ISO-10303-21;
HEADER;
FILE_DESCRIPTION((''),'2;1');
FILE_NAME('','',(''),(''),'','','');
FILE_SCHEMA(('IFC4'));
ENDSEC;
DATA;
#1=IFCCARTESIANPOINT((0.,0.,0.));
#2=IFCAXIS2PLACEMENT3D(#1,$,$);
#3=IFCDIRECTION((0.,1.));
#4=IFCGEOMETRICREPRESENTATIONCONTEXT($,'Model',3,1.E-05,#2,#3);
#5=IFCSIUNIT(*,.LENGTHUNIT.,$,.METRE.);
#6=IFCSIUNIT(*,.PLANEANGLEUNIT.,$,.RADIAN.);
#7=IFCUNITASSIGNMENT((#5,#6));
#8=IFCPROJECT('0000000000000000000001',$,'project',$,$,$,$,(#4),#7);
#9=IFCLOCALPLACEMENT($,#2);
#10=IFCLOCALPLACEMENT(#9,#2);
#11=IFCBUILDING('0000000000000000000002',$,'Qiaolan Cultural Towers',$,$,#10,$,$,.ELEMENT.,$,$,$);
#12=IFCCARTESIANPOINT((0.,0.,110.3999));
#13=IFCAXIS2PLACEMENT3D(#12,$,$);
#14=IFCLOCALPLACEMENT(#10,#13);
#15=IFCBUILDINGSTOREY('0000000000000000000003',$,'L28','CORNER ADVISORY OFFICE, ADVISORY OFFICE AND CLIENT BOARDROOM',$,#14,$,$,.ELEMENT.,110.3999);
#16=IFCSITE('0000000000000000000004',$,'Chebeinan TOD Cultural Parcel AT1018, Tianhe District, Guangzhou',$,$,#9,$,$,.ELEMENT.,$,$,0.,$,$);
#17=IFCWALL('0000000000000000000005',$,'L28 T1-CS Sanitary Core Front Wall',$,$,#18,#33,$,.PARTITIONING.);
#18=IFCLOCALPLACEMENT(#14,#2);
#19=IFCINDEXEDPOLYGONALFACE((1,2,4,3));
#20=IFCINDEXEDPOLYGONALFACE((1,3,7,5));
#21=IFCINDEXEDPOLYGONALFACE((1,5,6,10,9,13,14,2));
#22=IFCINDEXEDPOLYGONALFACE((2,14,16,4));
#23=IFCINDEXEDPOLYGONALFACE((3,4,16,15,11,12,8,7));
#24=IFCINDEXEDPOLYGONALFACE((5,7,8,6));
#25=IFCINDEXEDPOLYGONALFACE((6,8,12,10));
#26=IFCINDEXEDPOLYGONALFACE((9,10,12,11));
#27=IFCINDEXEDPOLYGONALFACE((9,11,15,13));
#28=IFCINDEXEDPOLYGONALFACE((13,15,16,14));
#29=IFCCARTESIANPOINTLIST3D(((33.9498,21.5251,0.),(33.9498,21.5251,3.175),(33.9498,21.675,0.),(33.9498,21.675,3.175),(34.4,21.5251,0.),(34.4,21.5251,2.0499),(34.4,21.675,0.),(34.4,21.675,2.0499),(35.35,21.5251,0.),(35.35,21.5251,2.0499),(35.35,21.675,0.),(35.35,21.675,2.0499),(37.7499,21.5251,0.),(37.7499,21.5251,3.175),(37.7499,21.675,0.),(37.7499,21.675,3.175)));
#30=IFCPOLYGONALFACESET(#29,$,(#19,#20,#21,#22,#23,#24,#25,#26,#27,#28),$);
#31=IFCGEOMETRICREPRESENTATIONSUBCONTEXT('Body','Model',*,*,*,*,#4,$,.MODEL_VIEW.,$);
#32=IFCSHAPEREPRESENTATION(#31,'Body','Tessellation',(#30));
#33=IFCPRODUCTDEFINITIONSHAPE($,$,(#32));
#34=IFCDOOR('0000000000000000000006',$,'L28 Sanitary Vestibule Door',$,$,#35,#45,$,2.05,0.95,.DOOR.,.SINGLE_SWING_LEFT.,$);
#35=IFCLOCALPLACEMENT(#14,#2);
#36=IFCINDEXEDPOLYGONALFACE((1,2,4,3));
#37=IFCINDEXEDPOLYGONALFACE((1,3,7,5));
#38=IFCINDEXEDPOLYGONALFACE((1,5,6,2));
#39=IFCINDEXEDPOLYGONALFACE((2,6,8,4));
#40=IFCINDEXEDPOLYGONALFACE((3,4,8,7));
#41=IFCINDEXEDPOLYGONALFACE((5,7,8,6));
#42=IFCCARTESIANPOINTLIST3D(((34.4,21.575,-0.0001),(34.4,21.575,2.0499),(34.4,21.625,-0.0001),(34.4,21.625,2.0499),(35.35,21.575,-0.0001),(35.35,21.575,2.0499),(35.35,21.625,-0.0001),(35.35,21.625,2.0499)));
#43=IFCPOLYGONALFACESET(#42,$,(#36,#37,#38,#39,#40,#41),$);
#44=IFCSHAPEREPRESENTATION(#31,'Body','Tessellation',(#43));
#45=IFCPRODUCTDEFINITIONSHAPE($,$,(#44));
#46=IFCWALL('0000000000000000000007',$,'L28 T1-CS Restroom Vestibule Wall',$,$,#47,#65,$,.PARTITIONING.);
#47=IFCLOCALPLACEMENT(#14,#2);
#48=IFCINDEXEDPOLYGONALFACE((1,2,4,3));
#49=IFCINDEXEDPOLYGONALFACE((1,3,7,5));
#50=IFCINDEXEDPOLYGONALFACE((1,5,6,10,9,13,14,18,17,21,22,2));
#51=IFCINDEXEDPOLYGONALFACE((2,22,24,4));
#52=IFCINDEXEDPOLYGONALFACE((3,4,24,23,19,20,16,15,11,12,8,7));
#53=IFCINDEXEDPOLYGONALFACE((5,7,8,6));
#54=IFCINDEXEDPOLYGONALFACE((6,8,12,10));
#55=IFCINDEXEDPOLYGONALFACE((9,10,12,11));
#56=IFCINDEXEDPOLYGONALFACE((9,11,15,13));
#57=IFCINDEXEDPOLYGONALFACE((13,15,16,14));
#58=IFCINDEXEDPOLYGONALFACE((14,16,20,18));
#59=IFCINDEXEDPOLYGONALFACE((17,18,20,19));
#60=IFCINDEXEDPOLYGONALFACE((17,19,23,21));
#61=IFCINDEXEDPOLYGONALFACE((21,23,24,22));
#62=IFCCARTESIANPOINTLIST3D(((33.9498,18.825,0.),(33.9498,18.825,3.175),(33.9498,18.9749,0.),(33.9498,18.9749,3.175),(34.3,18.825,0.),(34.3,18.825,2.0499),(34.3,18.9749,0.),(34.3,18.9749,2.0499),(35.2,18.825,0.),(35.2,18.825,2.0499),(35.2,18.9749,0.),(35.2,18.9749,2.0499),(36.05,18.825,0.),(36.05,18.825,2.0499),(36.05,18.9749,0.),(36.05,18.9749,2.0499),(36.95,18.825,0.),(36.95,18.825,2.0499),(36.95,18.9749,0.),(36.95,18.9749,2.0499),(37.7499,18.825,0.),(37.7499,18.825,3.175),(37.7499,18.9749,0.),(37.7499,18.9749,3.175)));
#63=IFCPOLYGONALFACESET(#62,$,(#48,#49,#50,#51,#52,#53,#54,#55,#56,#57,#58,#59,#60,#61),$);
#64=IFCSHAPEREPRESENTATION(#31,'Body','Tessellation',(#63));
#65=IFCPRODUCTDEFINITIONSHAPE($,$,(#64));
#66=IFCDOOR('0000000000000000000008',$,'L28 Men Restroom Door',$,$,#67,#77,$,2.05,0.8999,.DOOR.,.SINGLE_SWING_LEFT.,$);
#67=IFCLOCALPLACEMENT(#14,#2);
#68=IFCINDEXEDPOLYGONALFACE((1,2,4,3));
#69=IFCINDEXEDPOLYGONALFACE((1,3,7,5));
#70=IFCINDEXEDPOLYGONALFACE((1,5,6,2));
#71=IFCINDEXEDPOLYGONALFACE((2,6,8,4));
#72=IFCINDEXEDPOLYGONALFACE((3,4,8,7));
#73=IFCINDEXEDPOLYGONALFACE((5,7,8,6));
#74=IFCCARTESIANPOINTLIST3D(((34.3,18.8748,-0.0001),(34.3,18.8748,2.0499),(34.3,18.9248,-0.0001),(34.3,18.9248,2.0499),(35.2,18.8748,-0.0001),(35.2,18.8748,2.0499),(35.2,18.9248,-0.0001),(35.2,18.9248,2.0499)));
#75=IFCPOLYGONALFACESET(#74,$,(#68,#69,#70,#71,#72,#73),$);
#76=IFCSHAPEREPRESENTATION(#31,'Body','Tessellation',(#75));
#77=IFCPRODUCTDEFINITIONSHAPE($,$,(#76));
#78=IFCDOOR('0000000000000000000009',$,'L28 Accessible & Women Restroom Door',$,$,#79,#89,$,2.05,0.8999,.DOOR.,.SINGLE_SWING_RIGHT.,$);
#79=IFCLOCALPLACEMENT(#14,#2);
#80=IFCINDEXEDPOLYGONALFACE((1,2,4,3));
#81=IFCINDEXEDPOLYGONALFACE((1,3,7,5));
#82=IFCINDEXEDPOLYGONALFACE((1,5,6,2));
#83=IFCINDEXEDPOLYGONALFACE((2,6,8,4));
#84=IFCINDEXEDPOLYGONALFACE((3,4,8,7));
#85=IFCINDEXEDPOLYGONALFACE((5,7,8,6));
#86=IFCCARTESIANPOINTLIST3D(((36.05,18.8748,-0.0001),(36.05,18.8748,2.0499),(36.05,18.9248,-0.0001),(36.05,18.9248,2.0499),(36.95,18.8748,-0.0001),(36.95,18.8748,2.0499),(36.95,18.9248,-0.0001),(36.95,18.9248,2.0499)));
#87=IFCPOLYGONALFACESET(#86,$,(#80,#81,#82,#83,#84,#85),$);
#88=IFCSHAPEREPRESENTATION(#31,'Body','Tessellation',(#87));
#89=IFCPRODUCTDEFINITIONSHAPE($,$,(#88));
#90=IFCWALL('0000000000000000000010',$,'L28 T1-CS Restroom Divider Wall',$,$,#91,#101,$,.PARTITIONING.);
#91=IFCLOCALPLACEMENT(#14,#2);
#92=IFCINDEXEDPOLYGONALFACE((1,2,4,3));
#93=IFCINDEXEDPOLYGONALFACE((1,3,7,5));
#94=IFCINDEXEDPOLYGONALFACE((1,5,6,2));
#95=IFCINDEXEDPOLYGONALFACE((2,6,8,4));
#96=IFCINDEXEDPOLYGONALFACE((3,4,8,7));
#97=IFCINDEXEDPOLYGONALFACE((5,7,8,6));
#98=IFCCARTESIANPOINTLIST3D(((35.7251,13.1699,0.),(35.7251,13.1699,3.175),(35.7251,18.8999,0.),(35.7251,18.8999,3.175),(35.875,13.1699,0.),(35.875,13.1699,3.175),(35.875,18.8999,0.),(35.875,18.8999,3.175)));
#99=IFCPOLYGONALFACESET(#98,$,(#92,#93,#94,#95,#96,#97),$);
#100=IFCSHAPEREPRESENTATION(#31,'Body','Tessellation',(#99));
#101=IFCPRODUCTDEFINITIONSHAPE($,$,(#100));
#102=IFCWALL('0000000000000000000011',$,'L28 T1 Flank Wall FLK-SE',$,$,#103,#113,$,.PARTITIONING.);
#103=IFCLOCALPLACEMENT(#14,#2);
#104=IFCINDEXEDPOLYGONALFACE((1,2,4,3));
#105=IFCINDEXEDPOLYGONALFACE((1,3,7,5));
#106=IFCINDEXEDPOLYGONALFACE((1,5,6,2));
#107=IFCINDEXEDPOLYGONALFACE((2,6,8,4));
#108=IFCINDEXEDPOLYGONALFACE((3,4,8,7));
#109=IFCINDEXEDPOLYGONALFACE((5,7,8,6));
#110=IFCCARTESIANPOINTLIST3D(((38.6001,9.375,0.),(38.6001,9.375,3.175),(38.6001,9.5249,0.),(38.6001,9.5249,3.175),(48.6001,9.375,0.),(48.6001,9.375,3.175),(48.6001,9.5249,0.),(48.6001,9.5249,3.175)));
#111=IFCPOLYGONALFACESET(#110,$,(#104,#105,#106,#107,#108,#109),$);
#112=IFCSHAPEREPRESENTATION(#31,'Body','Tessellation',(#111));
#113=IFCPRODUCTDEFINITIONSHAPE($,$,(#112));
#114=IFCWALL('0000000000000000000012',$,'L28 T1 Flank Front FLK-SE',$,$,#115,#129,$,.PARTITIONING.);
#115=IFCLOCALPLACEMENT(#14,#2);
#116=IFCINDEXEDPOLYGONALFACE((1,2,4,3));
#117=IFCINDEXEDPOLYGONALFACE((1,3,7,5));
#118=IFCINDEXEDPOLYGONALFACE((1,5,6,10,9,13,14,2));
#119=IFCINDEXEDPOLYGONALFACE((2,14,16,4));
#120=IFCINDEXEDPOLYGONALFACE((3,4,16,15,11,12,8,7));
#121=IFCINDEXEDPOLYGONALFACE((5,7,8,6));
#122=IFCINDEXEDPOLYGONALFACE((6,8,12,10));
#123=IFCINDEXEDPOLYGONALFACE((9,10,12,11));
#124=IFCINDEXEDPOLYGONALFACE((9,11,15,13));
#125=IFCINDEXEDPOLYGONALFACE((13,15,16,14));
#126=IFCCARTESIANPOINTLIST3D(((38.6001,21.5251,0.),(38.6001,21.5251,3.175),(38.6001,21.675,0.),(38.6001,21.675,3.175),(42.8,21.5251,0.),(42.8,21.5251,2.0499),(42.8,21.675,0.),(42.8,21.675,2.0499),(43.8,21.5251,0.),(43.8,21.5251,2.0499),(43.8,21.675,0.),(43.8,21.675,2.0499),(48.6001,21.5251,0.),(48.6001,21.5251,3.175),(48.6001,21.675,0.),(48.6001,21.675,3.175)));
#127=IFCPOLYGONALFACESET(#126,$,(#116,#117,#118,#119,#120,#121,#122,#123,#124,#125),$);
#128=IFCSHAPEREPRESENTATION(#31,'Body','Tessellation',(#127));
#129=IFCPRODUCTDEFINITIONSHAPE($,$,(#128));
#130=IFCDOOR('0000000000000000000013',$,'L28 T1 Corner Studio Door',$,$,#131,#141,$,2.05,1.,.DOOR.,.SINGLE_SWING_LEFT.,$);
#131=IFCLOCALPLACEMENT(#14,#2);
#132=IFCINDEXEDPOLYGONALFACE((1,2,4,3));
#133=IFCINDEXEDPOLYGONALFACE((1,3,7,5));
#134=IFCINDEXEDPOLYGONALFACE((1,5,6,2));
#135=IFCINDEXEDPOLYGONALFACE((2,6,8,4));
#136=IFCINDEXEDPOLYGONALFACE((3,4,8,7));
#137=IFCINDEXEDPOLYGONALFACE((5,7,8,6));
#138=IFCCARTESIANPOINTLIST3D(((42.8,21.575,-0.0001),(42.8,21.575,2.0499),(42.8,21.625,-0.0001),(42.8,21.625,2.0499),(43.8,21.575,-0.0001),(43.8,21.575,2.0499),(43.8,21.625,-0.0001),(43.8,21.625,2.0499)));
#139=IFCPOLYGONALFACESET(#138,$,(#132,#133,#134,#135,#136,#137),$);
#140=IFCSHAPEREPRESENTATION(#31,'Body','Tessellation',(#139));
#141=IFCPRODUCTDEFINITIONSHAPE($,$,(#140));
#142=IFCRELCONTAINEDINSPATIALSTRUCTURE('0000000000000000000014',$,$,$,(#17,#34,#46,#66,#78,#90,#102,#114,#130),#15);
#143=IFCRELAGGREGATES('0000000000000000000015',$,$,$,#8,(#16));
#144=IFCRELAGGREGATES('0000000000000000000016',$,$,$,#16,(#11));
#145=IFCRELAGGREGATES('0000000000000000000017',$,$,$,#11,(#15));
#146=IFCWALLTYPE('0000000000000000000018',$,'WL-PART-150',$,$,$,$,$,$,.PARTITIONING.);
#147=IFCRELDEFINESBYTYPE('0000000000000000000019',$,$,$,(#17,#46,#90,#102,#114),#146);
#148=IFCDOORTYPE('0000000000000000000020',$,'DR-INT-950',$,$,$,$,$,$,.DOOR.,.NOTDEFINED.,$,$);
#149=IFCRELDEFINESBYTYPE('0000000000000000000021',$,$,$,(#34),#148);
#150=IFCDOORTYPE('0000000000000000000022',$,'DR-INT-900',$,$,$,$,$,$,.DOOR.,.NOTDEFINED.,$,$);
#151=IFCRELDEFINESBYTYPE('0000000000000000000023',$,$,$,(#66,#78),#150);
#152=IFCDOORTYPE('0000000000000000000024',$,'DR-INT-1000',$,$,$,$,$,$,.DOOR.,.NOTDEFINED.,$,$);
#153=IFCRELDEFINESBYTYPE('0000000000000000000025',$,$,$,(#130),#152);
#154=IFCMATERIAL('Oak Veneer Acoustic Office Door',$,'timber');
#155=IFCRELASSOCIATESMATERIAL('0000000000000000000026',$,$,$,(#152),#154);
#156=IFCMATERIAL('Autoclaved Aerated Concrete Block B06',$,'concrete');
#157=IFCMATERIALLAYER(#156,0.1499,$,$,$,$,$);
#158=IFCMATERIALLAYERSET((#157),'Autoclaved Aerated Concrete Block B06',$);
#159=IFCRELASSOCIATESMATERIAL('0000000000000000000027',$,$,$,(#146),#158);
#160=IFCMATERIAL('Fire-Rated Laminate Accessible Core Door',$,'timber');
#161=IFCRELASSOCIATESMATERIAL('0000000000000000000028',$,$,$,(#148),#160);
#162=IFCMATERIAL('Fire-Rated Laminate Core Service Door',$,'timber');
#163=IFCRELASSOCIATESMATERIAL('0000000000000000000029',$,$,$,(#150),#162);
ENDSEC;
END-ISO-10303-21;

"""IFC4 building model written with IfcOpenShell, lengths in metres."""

from ifc_helpers import new_model, si_unit, direction, frame, frame_2d, origin, place, context, subcontext, project, spatial, rectangle, extrude, material, layer, layer_set, type_object, element, fill, save


model = new_model("IFC4")

# Units and contexts
model_context = context("Model", 3, precision=1e-05, world=origin(), true_north=direction((0.0, 1.0)))
body_context = subcontext(model_context, "Body", "Model", "MODEL_VIEW")
ifc_project = project(units=[si_unit("LENGTHUNIT", "METRE"), si_unit("PLANEANGLEUNIT", "RADIAN")], contexts=[model_context])

# Site, building, storey
site_placement = place(None, origin())
site = spatial("IfcSite", under=ifc_project, at=site_placement, Name="Chebeinan TOD Cultural Parcel AT1018, Tianhe District, Guangzhou", CompositionType="ELEMENT", RefElevation=0.0)
building_placement = place(site_placement, origin())
building = spatial("IfcBuilding", under=site, at=building_placement, Name="Qiaolan Cultural Towers", CompositionType="ELEMENT")
storey_placement = place(building_placement, frame((0.0, 0.0, 110.3999)))
storey = spatial("IfcBuildingStorey", under=building, at=storey_placement, Name="L28", Description="CORNER ADVISORY OFFICE, ADVISORY OFFICE AND CLIENT BOARDROOM", CompositionType="ELEMENT", Elevation=110.3999)

# Shared definitions
ifc_material_1 = material(Name="Oak Veneer Acoustic Office Door", Category="timber")
door_type_1 = type_object("IfcDoorType", Name="DR-INT-1000", OperationType="NOTDEFINED", PredefinedType="DOOR", material=ifc_material_1)

# Shared definitions
ifc_material_2 = material(Name="Autoclaved Aerated Concrete Block B06", Category="concrete")
ifc_layer_1 = layer(ifc_material_2, 0.1499)
ifc_layer_set_1 = layer_set([ifc_layer_1], Name="Autoclaved Aerated Concrete Block B06")
wall_type_1 = type_object("IfcWallType", Name="WL-PART-150", PredefinedType="PARTITIONING", material=ifc_layer_set_1)

# Wall, opening, door
wall_1_placement = place(storey_placement, frame((33.95, 21.6001, 0.0), z_axis=(0.0, 0.0, 1.0), x_axis=(1.0, 0.0, 0.0)))
wall_1 = element("IfcWall", 1, at=wall_1_placement, inside=storey, type_object=wall_type_1, Name="L28 T1-CS Sanitary Core Front Wall", PredefinedType="PARTITIONING", context=body_context, shape_type="SweptSolid", body=[
    extrude(rectangle(XDim=3.8, YDim=0.1499, at=frame_2d((1.8999, 0.0))), origin(), (0.0, 0.0, 1.0), 3.175),
])
opening_1_placement = place(wall_1_placement, frame((0.45, 0.0, 0.0)))
opening_1 = element("IfcOpeningElement", 2, at=opening_1_placement, cuts=wall_1, PredefinedType="OPENING", context=body_context, shape_type="SweptSolid", body=[
    extrude(rectangle(XDim=0.95, YDim=2.05, at=frame_2d((0.4751, 1.0249))), frame((0.0, 0.085, 0.0), z_axis=(0.0, -1.0, 0.0), x_axis=(1.0, 0.0, 0.0)), (0.0, 0.0, 1.0), 0.1699),
])
ifc_material_3 = material(Name="Fire-Rated Laminate Accessible Core Door", Category="timber")
door_type_2 = type_object("IfcDoorType", Name="DR-INT-950", OperationType="NOTDEFINED", PredefinedType="DOOR", material=ifc_material_3)
door_1_placement = place(opening_1_placement, origin())
door_1 = element("IfcDoor", 3, at=door_1_placement, inside=storey, type_object=door_type_2, Name="L28 Sanitary Vestibule Door", OperationType="SINGLE_SWING_LEFT", OverallHeight=2.05, OverallWidth=0.95, PredefinedType="DOOR", context=body_context, shape_type="SweptSolid", body=[
    extrude(rectangle(XDim=0.95, YDim=2.05, at=frame_2d((0.4751, 1.0249))), frame((0.0, 0.0249, 0.0), z_axis=(0.0, -1.0, 0.0), x_axis=(1.0, 0.0, 0.0)), (0.0, 0.0, 1.0), 0.05),
])
fill(opening_1, door_1)

# Wall, openings, doors
wall_2_placement = place(storey_placement, frame((33.95, 18.8999, 0.0), z_axis=(0.0, 0.0, 1.0), x_axis=(1.0, 0.0, 0.0)))
wall_2 = element("IfcWall", 4, at=wall_2_placement, inside=storey, type_object=wall_type_1, Name="L28 T1-CS Restroom Vestibule Wall", PredefinedType="PARTITIONING", context=body_context, shape_type="SweptSolid", body=[
    extrude(rectangle(XDim=3.8, YDim=0.1499, at=frame_2d((1.8999, 0.0))), origin(), (0.0, 0.0, 1.0), 3.175),
])
opening_2_placement = place(wall_2_placement, frame((0.3501, 0.0, 0.0)))
opening_2 = element("IfcOpeningElement", 5, at=opening_2_placement, cuts=wall_2, PredefinedType="OPENING", context=body_context, shape_type="SweptSolid", body=[
    extrude(rectangle(XDim=0.8999, YDim=2.05, at=frame_2d((0.45, 1.0249))), frame((0.0, 0.085, 0.0), z_axis=(0.0, -1.0, 0.0), x_axis=(1.0, 0.0, 0.0)), (0.0, 0.0, 1.0), 0.1699),
])
opening_3_placement = place(wall_2_placement, frame((2.1001, 0.0, 0.0)))
opening_3 = element("IfcOpeningElement", 6, at=opening_3_placement, cuts=wall_2, PredefinedType="OPENING", context=body_context, shape_type="SweptSolid", body=[
    extrude(rectangle(XDim=0.8999, YDim=2.05, at=frame_2d((0.45, 1.0249))), frame((0.0, 0.085, 0.0), z_axis=(0.0, -1.0, 0.0), x_axis=(1.0, 0.0, 0.0)), (0.0, 0.0, 1.0), 0.1699),
])
ifc_material_4 = material(Name="Fire-Rated Laminate Core Service Door", Category="timber")
door_type_3 = type_object("IfcDoorType", Name="DR-INT-900", OperationType="NOTDEFINED", PredefinedType="DOOR", material=ifc_material_4)
door_2_placement = place(opening_2_placement, origin())
door_2 = element("IfcDoor", 7, at=door_2_placement, inside=storey, type_object=door_type_3, Name="L28 Men Restroom Door", OperationType="SINGLE_SWING_LEFT", OverallHeight=2.05, OverallWidth=0.8999, PredefinedType="DOOR", context=body_context, shape_type="SweptSolid", body=[
    extrude(rectangle(XDim=0.8999, YDim=2.05, at=frame_2d((0.45, 1.0249))), frame((0.0, 0.0249, 0.0), z_axis=(0.0, -1.0, 0.0), x_axis=(1.0, 0.0, 0.0)), (0.0, 0.0, 1.0), 0.05),
])
fill(opening_2, door_2)
door_3_placement = place(opening_3_placement, origin())
door_3 = element("IfcDoor", 8, at=door_3_placement, inside=storey, type_object=door_type_3, Name="L28 Accessible & Women Restroom Door", OperationType="SINGLE_SWING_RIGHT", OverallHeight=2.05, OverallWidth=0.8999, PredefinedType="DOOR", context=body_context, shape_type="SweptSolid", body=[
    extrude(rectangle(XDim=0.8999, YDim=2.05, at=frame_2d((0.45, 1.0249))), frame((0.0, 0.0249, 0.0), z_axis=(0.0, -1.0, 0.0), x_axis=(1.0, 0.0, 0.0)), (0.0, 0.0, 1.0), 0.05),
])
fill(opening_3, door_3)

# Walls
wall_3_placement = place(storey_placement, frame((35.8, 18.8999, 0.0), z_axis=(0.0, 0.0, 1.0), x_axis=(0.0, -1.0, 0.0)))
element("IfcWall", 9, at=wall_3_placement, inside=storey, type_object=wall_type_1, Name="L28 T1-CS Restroom Divider Wall", PredefinedType="PARTITIONING", context=body_context, shape_type="SweptSolid", body=[
    extrude(rectangle(XDim=5.73, YDim=0.1499, at=frame_2d((2.865, 0.0))), origin(), (0.0, 0.0, 1.0), 3.175),
])
wall_4_placement = place(storey_placement, frame((38.6001, 9.45, 0.0), z_axis=(0.0, 0.0, 1.0), x_axis=(1.0, 0.0, 0.0)))
element("IfcWall", 10, at=wall_4_placement, inside=storey, type_object=wall_type_1, Name="L28 T1 Flank Wall FLK-SE", PredefinedType="PARTITIONING", context=body_context, shape_type="SweptSolid", body=[
    extrude(rectangle(XDim=10.0, YDim=0.1499, at=frame_2d((5.0, 0.0))), origin(), (0.0, 0.0, 1.0), 3.175),
])

# Wall, opening, door
wall_5_placement = place(storey_placement, frame((38.6001, 21.6001, 0.0), z_axis=(0.0, 0.0, 1.0), x_axis=(1.0, 0.0, 0.0)))
wall_5 = element("IfcWall", 11, at=wall_5_placement, inside=storey, type_object=wall_type_1, Name="L28 T1 Flank Front FLK-SE", PredefinedType="PARTITIONING", context=body_context, shape_type="SweptSolid", body=[
    extrude(rectangle(XDim=10.0, YDim=0.1499, at=frame_2d((5.0, 0.0))), origin(), (0.0, 0.0, 1.0), 3.175),
])
opening_4_placement = place(wall_5_placement, frame((4.2, 0.0, 0.0)))
opening_4 = element("IfcOpeningElement", 12, at=opening_4_placement, cuts=wall_5, PredefinedType="OPENING", context=body_context, shape_type="SweptSolid", body=[
    extrude(rectangle(XDim=1.0, YDim=2.05, at=frame_2d((0.5, 1.0249))), frame((0.0, 0.085, 0.0), z_axis=(0.0, -1.0, 0.0), x_axis=(1.0, 0.0, 0.0)), (0.0, 0.0, 1.0), 0.1699),
])
door_4_placement = place(opening_4_placement, origin())
door_4 = element("IfcDoor", 13, at=door_4_placement, inside=storey, type_object=door_type_1, Name="L28 T1 Corner Studio Door", OperationType="SINGLE_SWING_LEFT", OverallHeight=2.05, OverallWidth=1.0, PredefinedType="DOOR", context=body_context, shape_type="SweptSolid", body=[
    extrude(rectangle(XDim=1.0, YDim=2.05, at=frame_2d((0.5, 1.0249))), frame((0.0, 0.0249, 0.0), z_axis=(0.0, -1.0, 0.0), x_axis=(1.0, 0.0, 0.0)), (0.0, 0.0, 1.0), 0.05),
])
fill(opening_4, door_4)

save(model, "model.ifc")
